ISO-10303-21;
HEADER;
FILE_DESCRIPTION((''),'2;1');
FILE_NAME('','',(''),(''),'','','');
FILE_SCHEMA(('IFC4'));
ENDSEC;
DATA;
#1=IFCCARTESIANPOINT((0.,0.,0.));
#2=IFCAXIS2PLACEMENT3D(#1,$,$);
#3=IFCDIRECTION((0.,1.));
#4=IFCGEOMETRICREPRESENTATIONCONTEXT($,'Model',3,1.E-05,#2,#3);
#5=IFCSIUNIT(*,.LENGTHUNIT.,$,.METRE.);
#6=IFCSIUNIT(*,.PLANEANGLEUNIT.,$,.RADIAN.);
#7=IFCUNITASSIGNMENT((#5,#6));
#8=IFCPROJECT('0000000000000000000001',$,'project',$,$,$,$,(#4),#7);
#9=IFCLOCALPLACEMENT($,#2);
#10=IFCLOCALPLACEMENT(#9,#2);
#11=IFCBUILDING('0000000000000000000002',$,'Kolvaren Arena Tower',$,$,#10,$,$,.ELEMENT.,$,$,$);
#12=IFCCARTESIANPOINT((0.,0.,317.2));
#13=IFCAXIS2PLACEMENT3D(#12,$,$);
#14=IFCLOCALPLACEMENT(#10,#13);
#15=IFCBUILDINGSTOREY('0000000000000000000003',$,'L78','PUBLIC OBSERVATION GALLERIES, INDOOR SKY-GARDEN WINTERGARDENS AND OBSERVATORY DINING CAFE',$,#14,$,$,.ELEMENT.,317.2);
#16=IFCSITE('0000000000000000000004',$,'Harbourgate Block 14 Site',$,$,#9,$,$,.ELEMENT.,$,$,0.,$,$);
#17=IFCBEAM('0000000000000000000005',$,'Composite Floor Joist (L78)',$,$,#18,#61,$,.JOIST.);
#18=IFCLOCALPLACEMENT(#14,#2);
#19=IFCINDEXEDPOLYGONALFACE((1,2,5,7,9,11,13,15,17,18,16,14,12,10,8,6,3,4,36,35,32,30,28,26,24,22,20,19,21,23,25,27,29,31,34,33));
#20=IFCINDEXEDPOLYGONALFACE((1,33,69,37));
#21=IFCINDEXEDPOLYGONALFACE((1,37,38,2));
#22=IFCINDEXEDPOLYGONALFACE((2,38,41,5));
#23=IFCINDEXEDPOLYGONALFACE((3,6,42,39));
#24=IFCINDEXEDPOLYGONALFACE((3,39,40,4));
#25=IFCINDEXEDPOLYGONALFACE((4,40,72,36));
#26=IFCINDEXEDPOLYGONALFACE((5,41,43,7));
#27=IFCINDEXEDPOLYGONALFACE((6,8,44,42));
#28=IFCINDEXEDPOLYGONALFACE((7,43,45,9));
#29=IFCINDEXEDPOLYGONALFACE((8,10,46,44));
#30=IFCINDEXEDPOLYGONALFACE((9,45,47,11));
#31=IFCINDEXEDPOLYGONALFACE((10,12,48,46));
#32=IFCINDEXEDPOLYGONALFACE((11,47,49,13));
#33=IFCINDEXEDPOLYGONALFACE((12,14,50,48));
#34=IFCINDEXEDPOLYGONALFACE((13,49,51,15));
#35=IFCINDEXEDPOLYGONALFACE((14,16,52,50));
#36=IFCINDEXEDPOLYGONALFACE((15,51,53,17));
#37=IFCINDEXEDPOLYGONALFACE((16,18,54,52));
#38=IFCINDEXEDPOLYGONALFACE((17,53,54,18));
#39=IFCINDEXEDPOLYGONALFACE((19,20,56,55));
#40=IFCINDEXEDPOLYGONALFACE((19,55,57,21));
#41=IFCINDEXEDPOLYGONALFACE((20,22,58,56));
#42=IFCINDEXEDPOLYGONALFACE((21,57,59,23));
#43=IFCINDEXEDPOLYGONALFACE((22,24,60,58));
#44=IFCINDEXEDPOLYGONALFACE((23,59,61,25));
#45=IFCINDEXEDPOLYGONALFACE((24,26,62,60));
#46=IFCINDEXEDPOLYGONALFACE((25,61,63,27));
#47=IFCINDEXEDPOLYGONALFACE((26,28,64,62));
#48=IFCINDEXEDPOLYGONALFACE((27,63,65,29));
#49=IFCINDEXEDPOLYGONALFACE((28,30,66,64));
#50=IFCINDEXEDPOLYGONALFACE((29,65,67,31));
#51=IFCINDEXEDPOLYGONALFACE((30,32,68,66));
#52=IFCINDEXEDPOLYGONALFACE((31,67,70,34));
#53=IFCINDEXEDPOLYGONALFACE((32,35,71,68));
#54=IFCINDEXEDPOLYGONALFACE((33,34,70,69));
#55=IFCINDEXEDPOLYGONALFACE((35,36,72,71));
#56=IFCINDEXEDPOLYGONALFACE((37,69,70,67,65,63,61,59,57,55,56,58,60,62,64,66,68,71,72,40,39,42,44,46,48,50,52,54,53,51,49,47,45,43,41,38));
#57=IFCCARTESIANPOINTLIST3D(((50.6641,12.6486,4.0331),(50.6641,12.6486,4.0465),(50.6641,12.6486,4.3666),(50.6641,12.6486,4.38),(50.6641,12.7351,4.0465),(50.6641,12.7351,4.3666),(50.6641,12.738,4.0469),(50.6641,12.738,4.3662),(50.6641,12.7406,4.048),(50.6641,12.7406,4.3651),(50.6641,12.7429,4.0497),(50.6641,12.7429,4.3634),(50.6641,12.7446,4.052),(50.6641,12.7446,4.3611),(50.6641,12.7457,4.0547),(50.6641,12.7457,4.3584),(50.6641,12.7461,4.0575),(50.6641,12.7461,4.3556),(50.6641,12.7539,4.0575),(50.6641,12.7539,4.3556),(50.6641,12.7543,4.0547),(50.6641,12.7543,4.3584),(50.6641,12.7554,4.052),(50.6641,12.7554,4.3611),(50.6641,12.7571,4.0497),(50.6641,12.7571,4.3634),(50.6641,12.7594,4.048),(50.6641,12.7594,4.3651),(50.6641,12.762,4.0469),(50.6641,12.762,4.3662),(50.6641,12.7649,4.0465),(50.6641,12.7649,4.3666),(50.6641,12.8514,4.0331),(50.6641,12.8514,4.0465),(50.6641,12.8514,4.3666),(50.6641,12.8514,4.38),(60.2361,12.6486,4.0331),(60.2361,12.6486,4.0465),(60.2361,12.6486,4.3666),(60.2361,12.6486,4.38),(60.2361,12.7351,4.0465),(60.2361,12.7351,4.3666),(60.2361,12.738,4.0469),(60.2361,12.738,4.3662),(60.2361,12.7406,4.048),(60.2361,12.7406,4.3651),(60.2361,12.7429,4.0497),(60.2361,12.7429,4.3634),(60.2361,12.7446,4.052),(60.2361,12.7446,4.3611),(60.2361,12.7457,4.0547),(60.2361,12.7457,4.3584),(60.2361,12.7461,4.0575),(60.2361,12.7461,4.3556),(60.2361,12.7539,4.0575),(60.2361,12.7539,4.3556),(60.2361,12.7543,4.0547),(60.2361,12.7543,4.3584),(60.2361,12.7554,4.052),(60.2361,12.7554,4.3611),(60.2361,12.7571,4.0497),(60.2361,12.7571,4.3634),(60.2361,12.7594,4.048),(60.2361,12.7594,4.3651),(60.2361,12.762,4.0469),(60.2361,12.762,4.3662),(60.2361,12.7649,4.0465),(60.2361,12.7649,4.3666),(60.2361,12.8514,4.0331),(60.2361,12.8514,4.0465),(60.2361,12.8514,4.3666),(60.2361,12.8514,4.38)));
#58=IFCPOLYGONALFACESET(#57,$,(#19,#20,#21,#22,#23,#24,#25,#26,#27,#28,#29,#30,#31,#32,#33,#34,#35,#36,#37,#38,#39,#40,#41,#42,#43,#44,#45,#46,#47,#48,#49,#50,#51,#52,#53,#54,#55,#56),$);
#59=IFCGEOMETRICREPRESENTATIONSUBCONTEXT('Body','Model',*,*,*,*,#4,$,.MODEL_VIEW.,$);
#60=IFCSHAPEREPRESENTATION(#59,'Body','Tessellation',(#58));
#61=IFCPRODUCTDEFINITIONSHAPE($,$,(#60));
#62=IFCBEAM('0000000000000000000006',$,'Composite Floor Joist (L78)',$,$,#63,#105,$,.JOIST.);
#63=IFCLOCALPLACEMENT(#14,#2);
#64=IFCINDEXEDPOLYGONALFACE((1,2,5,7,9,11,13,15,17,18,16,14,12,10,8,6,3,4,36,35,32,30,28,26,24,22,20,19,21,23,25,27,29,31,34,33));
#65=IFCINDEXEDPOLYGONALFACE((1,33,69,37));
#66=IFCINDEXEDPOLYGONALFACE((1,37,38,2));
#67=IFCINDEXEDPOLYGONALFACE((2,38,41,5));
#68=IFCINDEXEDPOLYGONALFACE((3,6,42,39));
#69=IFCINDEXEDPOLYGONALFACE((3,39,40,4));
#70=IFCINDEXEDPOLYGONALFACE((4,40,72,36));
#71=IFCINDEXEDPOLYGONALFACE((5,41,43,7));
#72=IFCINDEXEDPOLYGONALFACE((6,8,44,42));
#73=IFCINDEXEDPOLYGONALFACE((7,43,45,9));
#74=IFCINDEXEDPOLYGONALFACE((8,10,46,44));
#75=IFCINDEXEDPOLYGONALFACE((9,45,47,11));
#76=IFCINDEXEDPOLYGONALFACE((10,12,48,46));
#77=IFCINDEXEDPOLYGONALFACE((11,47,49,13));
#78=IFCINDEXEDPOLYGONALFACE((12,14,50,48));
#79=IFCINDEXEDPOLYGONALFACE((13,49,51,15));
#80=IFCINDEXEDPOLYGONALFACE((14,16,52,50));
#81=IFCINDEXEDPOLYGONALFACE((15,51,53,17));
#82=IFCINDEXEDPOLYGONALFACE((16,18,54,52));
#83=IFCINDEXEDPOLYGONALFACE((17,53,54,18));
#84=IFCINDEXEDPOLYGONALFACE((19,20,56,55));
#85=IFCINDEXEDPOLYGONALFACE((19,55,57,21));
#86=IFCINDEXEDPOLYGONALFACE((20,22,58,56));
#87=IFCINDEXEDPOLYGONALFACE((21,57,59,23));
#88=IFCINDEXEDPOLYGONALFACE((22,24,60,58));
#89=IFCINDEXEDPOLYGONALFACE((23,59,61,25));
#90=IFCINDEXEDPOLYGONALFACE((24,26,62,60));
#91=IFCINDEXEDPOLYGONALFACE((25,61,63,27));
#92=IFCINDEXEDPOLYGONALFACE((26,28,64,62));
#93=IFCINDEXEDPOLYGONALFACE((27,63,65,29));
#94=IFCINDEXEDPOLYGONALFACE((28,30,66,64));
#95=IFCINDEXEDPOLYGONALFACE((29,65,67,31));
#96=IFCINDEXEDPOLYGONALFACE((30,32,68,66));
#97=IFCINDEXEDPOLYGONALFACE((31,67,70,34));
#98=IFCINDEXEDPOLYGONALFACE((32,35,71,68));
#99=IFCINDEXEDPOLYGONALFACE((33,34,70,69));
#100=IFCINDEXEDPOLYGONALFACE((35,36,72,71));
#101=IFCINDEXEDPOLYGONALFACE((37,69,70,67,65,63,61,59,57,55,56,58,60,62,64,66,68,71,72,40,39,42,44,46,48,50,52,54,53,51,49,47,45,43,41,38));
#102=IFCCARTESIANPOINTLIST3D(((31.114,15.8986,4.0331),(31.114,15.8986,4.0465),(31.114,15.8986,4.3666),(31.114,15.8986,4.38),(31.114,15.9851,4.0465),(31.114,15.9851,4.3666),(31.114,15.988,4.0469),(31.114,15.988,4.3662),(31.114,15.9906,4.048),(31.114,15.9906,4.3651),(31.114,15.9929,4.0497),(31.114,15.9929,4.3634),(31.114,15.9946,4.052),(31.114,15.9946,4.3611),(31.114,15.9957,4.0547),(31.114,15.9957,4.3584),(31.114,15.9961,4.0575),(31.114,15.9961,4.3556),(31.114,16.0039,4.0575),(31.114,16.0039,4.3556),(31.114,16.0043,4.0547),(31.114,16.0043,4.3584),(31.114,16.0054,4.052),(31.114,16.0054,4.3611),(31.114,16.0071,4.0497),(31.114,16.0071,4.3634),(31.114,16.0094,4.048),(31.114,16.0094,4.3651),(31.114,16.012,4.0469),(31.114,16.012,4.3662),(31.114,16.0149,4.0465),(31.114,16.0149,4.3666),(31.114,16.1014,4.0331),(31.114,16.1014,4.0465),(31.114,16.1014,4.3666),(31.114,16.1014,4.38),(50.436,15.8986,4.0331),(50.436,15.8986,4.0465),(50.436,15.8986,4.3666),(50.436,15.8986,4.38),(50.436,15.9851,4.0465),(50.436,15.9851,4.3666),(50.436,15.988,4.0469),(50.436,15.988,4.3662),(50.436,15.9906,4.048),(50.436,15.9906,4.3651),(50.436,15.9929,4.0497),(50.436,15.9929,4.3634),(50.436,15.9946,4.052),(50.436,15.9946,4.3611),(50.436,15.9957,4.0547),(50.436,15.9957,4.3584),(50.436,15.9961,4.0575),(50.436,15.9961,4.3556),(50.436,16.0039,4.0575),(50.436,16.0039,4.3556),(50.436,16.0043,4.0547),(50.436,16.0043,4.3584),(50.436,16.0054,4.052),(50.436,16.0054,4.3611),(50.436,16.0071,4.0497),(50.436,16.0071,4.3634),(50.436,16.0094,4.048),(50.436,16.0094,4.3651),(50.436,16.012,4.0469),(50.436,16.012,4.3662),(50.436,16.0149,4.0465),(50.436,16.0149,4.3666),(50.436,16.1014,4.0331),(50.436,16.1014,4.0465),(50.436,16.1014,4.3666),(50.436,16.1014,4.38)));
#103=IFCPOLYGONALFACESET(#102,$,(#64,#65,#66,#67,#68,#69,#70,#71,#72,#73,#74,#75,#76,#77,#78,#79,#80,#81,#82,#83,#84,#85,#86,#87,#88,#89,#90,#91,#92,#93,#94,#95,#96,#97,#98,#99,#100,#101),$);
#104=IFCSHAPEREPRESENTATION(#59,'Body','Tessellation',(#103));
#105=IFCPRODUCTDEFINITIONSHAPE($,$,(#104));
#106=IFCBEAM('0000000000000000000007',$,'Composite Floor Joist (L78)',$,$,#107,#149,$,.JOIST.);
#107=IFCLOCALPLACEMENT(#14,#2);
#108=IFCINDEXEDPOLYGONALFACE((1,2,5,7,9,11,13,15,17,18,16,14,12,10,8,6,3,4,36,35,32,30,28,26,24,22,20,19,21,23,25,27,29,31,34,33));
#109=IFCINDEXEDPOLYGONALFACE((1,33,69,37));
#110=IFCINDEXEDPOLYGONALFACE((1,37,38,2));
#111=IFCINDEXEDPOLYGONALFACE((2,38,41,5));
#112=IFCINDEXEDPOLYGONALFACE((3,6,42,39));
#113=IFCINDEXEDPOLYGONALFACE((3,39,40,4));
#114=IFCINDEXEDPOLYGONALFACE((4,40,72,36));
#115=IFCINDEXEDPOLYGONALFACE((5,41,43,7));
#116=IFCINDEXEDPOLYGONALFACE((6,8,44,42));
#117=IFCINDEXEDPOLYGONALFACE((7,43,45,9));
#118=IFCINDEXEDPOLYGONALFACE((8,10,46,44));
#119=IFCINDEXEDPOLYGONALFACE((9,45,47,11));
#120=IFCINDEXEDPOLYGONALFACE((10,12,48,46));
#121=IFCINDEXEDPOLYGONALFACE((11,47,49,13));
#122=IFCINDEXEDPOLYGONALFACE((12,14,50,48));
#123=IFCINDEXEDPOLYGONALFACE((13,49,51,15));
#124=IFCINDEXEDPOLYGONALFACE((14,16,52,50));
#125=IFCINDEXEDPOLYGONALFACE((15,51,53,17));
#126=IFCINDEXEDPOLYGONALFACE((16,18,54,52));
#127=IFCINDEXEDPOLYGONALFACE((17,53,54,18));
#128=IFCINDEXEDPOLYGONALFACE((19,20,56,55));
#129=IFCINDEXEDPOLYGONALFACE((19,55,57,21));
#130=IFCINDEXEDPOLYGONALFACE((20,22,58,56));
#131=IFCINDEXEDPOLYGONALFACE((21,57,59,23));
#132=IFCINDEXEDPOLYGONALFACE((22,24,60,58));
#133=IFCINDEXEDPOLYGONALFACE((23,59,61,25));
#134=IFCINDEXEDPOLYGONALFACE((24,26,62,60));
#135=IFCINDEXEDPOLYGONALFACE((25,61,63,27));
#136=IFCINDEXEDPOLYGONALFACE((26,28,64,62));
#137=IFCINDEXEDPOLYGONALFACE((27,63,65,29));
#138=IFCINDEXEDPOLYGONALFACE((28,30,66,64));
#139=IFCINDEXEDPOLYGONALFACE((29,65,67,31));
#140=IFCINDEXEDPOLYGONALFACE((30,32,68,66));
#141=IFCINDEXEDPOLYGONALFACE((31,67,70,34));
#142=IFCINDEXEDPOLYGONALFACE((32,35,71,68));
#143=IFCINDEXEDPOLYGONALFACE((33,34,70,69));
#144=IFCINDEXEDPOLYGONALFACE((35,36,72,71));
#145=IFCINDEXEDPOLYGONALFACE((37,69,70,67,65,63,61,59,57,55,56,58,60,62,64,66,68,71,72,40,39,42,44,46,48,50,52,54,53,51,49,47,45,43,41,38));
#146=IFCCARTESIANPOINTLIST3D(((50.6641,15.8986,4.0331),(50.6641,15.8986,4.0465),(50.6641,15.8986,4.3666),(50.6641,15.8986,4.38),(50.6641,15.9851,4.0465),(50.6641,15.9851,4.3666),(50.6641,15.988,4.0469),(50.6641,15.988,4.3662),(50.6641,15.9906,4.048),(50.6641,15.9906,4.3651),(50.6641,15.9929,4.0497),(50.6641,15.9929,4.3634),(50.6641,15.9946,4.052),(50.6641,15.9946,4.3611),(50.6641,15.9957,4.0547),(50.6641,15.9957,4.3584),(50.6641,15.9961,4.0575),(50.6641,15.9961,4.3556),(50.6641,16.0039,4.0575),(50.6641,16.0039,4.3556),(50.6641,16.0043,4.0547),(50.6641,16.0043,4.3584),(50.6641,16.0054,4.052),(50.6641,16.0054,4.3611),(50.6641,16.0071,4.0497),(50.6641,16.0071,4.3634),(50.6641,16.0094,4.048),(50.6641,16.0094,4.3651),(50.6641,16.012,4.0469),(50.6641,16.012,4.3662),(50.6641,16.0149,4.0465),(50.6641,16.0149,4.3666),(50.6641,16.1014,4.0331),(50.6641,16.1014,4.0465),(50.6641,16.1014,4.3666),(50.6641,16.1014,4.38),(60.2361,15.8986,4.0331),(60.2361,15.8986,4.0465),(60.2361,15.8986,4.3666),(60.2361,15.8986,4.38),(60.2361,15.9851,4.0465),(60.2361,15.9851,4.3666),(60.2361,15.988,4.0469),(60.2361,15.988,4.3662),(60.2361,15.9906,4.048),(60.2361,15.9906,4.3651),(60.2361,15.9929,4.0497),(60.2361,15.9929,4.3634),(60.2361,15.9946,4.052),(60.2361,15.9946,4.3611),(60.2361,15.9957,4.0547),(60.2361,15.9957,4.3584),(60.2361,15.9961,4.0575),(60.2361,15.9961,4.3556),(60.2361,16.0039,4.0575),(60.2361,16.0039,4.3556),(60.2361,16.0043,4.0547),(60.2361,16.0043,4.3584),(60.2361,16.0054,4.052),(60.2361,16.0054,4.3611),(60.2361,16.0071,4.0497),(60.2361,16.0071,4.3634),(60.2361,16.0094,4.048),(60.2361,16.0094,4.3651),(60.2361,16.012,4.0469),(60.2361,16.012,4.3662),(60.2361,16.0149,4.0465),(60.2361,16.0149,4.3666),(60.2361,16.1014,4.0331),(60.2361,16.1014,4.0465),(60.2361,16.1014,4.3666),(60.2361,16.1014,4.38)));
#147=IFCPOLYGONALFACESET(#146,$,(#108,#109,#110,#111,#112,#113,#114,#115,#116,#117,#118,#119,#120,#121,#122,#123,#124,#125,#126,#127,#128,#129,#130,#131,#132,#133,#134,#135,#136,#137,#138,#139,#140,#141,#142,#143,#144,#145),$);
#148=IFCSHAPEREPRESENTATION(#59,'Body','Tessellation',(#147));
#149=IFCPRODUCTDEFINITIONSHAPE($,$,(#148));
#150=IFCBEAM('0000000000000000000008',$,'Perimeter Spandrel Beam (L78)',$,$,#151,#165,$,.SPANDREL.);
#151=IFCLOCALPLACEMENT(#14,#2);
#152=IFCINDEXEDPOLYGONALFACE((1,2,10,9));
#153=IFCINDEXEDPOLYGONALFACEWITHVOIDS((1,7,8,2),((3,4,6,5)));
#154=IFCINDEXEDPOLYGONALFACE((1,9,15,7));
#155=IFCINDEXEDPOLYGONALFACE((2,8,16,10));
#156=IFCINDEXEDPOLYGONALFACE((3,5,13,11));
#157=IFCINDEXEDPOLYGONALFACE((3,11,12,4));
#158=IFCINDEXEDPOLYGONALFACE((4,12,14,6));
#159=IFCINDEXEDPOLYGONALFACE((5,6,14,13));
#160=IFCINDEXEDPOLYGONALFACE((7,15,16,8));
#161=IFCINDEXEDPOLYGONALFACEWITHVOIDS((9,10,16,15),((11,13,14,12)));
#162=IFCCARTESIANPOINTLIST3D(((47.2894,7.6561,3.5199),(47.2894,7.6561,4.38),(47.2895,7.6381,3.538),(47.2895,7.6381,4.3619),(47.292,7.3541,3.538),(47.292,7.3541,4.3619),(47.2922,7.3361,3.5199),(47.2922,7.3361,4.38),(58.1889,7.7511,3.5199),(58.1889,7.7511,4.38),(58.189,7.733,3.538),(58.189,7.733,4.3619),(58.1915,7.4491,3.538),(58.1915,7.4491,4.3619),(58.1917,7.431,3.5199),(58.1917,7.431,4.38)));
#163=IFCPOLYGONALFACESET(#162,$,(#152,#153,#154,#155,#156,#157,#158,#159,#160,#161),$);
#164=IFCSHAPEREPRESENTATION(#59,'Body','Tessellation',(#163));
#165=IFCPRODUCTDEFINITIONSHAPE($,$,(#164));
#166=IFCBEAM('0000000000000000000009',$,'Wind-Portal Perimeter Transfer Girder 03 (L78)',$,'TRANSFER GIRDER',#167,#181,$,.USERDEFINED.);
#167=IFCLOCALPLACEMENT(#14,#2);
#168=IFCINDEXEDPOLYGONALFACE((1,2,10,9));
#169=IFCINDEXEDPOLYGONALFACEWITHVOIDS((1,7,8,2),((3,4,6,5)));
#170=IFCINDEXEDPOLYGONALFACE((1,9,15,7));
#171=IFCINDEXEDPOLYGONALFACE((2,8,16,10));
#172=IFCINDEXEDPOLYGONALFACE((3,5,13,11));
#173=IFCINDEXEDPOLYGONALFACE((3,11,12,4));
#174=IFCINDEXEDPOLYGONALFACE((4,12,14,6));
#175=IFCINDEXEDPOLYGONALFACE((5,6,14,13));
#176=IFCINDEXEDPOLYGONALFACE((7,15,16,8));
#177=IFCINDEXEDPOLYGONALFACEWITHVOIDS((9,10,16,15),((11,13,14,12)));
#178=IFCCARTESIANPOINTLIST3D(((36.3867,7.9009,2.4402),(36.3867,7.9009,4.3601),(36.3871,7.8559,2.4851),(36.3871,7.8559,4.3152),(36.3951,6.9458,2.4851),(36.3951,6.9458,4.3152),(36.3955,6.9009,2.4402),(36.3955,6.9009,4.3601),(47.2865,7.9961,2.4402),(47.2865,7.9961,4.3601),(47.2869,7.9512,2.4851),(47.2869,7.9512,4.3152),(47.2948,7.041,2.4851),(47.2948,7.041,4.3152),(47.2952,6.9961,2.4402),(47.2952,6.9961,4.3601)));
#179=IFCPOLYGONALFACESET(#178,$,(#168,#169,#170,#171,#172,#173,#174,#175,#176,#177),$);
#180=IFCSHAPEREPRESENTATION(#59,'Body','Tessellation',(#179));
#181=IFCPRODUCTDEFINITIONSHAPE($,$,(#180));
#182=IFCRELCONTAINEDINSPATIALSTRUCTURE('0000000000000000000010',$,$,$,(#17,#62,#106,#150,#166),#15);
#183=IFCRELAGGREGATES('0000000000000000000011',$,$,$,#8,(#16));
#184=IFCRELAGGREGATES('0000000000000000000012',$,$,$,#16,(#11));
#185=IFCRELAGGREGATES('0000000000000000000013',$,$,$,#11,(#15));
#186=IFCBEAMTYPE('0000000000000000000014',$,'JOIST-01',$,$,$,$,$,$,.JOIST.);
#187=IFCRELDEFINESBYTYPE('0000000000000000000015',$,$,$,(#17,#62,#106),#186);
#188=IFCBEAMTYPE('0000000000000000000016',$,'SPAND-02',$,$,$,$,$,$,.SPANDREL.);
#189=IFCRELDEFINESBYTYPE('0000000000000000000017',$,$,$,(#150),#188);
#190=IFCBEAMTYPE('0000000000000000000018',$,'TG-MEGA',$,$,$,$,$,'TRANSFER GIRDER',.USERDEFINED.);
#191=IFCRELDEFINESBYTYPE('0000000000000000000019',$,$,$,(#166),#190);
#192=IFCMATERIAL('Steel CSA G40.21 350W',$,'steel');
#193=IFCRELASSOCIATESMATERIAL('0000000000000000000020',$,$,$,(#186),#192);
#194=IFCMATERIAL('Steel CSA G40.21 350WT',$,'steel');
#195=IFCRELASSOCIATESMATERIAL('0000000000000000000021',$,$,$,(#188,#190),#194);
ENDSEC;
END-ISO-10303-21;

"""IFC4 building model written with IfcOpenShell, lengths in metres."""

from ifc_helpers import new_model, si_unit, direction, frame, origin, origin_2d, place, context, subcontext, project, spatial, hollow_rectangle, i_section, extrude, material, material_profile, profile_set, type_object, element, save


model = new_model("IFC4")

# Units and contexts
model_context = context("Model", 3, precision=1e-05, world=origin(), true_north=direction((0.0, 1.0)))
body_context = subcontext(model_context, "Body", "Model", "MODEL_VIEW")
ifc_project = project(units=[si_unit("LENGTHUNIT", "METRE"), si_unit("PLANEANGLEUNIT", "RADIAN")], contexts=[model_context])

# Site, building, storey
site_placement = place(None, origin())
site = spatial("IfcSite", under=ifc_project, at=site_placement, Name="Harbourgate Block 14 Site", CompositionType="ELEMENT", RefElevation=0.0)
building_placement = place(site_placement, origin())
building = spatial("IfcBuilding", under=site, at=building_placement, Name="Kolvaren Arena Tower", CompositionType="ELEMENT")
storey_placement = place(building_placement, frame((0.0, 0.0, 317.2)))
storey = spatial("IfcBuildingStorey", under=building, at=storey_placement, Name="L78", Description="PUBLIC OBSERVATION GALLERIES, INDOOR SKY-GARDEN WINTERGARDENS AND OBSERVATORY DINING CAFE", CompositionType="ELEMENT", Elevation=317.2)

# Beams
ifc_material_1 = material(Name="Steel CSA G40.21 350W", Category="steel")
ifc_material_profile_1 = material_profile(ifc_material_1, i_section(OverallWidth=0.2029, OverallDepth=0.3469, WebThickness=0.0078, FlangeThickness=0.0134, FilletRadius=0.011, at=origin_2d()), Name="W360x64")
ifc_profile_set_1 = profile_set([ifc_material_profile_1], Name="Steel CSA G40.21 350W")
beam_type_1 = type_object("IfcBeamType", Name="JOIST-01", PredefinedType="JOIST", material=ifc_profile_set_1)
for number, where, z_axis, x_axis, name in (
    (1, (50.6641, 12.75, 4.2065), (1.0, 0.0, 0.0), (0.0, 1.0, 0.0), "Composite Floor Joist (L78)"),
):
    element("IfcBeam", number, at=place(storey_placement, frame(where, z_axis=z_axis, x_axis=x_axis)), inside=storey, type_object=beam_type_1, Name=name, PredefinedType="JOIST", context=body_context, shape_type="SweptSolid", body=[
        extrude(i_section(OverallWidth=0.2029, OverallDepth=0.3469, WebThickness=0.0078, FlangeThickness=0.0134, FilletRadius=0.011, at=origin_2d()), origin(), (0.0, 0.0, 1.0), 9.572),
    ])
beam_1_placement = place(storey_placement, frame((31.114, 16.0, 4.2065), z_axis=(1.0, 0.0, 0.0), x_axis=(0.0, 1.0, 0.0)))
element("IfcBeam", 2, at=beam_1_placement, inside=storey, type_object=beam_type_1, Name="Composite Floor Joist (L78)", PredefinedType="JOIST", context=body_context, shape_type="SweptSolid", body=[
    extrude(i_section(OverallWidth=0.2029, OverallDepth=0.3469, WebThickness=0.0078, FlangeThickness=0.0134, FilletRadius=0.011, at=origin_2d()), origin(), (0.0, 0.0, 1.0), 19.322),
])
beam_2_placement = place(storey_placement, frame((50.6641, 16.0, 4.2065), z_axis=(1.0, 0.0, 0.0), x_axis=(0.0, 1.0, 0.0)))
element("IfcBeam", 3, at=beam_2_placement, inside=storey, type_object=beam_type_1, Name="Composite Floor Joist (L78)", PredefinedType="JOIST", context=body_context, shape_type="SweptSolid", body=[
    extrude(i_section(OverallWidth=0.2029, OverallDepth=0.3469, WebThickness=0.0078, FlangeThickness=0.0134, FilletRadius=0.011, at=origin_2d()), origin(), (0.0, 0.0, 1.0), 9.572),
])
ifc_material_2 = material(Name="Steel CSA G40.21 350WT", Category="steel")
ifc_material_profile_2 = material_profile(ifc_material_2, hollow_rectangle(XDim=0.3201, YDim=0.8601, WallThickness=0.0181, at=origin_2d()), Name="HSS 860x320x18")
ifc_profile_set_2 = profile_set([ifc_material_profile_2], Name="Steel CSA G40.21 350WT")
beam_type_2 = type_object("IfcBeamType", Name="SPAND-02", PredefinedType="SPANDREL", material=ifc_profile_set_2)
beam_3_placement = place(storey_placement, frame((47.2908, 7.4961, 3.95), z_axis=(0.999962, 0.008713, 0.0), x_axis=(-0.008713, 0.999962, 0.0)))
element("IfcBeam", 4, at=beam_3_placement, inside=storey, type_object=beam_type_2, Name="Perimeter Spandrel Beam (L78)", PredefinedType="SPANDREL", context=body_context, shape_type="SweptSolid", body=[
    extrude(hollow_rectangle(XDim=0.3201, YDim=0.8601, WallThickness=0.0181, at=origin_2d()), origin(), (0.0, 0.0, 1.0), 10.8999),
])
ifc_material_profile_3 = material_profile(ifc_material_2, hollow_rectangle(XDim=1.0, YDim=1.9199, WallThickness=0.0449, at=origin_2d()), Name="BOX 1000x1920x45")
ifc_profile_set_3 = profile_set([ifc_material_profile_3], Name="Steel CSA G40.21 350WT")
beam_type_3 = type_object("IfcBeamType", Name="TG-MEGA", ElementType="TRANSFER GIRDER", PredefinedType="USERDEFINED", material=ifc_profile_set_3)
beam_4_placement = place(storey_placement, frame((36.3911, 7.4009, 3.4001), z_axis=(0.999962, 0.008735, 0.0), x_axis=(-0.008735, 0.999962, 0.0)))
element("IfcBeam", 5, at=beam_4_placement, inside=storey, type_object=beam_type_3, Name="Wind-Portal Perimeter Transfer Girder 03 (L78)", ObjectType="TRANSFER GIRDER", PredefinedType="USERDEFINED", context=body_context, shape_type="SweptSolid", body=[
    extrude(hollow_rectangle(XDim=1.0, YDim=1.9199, WallThickness=0.0449, at=origin_2d()), origin(), (0.0, 0.0, 1.0), 10.9001),
])

save(model, "model.ifc")
